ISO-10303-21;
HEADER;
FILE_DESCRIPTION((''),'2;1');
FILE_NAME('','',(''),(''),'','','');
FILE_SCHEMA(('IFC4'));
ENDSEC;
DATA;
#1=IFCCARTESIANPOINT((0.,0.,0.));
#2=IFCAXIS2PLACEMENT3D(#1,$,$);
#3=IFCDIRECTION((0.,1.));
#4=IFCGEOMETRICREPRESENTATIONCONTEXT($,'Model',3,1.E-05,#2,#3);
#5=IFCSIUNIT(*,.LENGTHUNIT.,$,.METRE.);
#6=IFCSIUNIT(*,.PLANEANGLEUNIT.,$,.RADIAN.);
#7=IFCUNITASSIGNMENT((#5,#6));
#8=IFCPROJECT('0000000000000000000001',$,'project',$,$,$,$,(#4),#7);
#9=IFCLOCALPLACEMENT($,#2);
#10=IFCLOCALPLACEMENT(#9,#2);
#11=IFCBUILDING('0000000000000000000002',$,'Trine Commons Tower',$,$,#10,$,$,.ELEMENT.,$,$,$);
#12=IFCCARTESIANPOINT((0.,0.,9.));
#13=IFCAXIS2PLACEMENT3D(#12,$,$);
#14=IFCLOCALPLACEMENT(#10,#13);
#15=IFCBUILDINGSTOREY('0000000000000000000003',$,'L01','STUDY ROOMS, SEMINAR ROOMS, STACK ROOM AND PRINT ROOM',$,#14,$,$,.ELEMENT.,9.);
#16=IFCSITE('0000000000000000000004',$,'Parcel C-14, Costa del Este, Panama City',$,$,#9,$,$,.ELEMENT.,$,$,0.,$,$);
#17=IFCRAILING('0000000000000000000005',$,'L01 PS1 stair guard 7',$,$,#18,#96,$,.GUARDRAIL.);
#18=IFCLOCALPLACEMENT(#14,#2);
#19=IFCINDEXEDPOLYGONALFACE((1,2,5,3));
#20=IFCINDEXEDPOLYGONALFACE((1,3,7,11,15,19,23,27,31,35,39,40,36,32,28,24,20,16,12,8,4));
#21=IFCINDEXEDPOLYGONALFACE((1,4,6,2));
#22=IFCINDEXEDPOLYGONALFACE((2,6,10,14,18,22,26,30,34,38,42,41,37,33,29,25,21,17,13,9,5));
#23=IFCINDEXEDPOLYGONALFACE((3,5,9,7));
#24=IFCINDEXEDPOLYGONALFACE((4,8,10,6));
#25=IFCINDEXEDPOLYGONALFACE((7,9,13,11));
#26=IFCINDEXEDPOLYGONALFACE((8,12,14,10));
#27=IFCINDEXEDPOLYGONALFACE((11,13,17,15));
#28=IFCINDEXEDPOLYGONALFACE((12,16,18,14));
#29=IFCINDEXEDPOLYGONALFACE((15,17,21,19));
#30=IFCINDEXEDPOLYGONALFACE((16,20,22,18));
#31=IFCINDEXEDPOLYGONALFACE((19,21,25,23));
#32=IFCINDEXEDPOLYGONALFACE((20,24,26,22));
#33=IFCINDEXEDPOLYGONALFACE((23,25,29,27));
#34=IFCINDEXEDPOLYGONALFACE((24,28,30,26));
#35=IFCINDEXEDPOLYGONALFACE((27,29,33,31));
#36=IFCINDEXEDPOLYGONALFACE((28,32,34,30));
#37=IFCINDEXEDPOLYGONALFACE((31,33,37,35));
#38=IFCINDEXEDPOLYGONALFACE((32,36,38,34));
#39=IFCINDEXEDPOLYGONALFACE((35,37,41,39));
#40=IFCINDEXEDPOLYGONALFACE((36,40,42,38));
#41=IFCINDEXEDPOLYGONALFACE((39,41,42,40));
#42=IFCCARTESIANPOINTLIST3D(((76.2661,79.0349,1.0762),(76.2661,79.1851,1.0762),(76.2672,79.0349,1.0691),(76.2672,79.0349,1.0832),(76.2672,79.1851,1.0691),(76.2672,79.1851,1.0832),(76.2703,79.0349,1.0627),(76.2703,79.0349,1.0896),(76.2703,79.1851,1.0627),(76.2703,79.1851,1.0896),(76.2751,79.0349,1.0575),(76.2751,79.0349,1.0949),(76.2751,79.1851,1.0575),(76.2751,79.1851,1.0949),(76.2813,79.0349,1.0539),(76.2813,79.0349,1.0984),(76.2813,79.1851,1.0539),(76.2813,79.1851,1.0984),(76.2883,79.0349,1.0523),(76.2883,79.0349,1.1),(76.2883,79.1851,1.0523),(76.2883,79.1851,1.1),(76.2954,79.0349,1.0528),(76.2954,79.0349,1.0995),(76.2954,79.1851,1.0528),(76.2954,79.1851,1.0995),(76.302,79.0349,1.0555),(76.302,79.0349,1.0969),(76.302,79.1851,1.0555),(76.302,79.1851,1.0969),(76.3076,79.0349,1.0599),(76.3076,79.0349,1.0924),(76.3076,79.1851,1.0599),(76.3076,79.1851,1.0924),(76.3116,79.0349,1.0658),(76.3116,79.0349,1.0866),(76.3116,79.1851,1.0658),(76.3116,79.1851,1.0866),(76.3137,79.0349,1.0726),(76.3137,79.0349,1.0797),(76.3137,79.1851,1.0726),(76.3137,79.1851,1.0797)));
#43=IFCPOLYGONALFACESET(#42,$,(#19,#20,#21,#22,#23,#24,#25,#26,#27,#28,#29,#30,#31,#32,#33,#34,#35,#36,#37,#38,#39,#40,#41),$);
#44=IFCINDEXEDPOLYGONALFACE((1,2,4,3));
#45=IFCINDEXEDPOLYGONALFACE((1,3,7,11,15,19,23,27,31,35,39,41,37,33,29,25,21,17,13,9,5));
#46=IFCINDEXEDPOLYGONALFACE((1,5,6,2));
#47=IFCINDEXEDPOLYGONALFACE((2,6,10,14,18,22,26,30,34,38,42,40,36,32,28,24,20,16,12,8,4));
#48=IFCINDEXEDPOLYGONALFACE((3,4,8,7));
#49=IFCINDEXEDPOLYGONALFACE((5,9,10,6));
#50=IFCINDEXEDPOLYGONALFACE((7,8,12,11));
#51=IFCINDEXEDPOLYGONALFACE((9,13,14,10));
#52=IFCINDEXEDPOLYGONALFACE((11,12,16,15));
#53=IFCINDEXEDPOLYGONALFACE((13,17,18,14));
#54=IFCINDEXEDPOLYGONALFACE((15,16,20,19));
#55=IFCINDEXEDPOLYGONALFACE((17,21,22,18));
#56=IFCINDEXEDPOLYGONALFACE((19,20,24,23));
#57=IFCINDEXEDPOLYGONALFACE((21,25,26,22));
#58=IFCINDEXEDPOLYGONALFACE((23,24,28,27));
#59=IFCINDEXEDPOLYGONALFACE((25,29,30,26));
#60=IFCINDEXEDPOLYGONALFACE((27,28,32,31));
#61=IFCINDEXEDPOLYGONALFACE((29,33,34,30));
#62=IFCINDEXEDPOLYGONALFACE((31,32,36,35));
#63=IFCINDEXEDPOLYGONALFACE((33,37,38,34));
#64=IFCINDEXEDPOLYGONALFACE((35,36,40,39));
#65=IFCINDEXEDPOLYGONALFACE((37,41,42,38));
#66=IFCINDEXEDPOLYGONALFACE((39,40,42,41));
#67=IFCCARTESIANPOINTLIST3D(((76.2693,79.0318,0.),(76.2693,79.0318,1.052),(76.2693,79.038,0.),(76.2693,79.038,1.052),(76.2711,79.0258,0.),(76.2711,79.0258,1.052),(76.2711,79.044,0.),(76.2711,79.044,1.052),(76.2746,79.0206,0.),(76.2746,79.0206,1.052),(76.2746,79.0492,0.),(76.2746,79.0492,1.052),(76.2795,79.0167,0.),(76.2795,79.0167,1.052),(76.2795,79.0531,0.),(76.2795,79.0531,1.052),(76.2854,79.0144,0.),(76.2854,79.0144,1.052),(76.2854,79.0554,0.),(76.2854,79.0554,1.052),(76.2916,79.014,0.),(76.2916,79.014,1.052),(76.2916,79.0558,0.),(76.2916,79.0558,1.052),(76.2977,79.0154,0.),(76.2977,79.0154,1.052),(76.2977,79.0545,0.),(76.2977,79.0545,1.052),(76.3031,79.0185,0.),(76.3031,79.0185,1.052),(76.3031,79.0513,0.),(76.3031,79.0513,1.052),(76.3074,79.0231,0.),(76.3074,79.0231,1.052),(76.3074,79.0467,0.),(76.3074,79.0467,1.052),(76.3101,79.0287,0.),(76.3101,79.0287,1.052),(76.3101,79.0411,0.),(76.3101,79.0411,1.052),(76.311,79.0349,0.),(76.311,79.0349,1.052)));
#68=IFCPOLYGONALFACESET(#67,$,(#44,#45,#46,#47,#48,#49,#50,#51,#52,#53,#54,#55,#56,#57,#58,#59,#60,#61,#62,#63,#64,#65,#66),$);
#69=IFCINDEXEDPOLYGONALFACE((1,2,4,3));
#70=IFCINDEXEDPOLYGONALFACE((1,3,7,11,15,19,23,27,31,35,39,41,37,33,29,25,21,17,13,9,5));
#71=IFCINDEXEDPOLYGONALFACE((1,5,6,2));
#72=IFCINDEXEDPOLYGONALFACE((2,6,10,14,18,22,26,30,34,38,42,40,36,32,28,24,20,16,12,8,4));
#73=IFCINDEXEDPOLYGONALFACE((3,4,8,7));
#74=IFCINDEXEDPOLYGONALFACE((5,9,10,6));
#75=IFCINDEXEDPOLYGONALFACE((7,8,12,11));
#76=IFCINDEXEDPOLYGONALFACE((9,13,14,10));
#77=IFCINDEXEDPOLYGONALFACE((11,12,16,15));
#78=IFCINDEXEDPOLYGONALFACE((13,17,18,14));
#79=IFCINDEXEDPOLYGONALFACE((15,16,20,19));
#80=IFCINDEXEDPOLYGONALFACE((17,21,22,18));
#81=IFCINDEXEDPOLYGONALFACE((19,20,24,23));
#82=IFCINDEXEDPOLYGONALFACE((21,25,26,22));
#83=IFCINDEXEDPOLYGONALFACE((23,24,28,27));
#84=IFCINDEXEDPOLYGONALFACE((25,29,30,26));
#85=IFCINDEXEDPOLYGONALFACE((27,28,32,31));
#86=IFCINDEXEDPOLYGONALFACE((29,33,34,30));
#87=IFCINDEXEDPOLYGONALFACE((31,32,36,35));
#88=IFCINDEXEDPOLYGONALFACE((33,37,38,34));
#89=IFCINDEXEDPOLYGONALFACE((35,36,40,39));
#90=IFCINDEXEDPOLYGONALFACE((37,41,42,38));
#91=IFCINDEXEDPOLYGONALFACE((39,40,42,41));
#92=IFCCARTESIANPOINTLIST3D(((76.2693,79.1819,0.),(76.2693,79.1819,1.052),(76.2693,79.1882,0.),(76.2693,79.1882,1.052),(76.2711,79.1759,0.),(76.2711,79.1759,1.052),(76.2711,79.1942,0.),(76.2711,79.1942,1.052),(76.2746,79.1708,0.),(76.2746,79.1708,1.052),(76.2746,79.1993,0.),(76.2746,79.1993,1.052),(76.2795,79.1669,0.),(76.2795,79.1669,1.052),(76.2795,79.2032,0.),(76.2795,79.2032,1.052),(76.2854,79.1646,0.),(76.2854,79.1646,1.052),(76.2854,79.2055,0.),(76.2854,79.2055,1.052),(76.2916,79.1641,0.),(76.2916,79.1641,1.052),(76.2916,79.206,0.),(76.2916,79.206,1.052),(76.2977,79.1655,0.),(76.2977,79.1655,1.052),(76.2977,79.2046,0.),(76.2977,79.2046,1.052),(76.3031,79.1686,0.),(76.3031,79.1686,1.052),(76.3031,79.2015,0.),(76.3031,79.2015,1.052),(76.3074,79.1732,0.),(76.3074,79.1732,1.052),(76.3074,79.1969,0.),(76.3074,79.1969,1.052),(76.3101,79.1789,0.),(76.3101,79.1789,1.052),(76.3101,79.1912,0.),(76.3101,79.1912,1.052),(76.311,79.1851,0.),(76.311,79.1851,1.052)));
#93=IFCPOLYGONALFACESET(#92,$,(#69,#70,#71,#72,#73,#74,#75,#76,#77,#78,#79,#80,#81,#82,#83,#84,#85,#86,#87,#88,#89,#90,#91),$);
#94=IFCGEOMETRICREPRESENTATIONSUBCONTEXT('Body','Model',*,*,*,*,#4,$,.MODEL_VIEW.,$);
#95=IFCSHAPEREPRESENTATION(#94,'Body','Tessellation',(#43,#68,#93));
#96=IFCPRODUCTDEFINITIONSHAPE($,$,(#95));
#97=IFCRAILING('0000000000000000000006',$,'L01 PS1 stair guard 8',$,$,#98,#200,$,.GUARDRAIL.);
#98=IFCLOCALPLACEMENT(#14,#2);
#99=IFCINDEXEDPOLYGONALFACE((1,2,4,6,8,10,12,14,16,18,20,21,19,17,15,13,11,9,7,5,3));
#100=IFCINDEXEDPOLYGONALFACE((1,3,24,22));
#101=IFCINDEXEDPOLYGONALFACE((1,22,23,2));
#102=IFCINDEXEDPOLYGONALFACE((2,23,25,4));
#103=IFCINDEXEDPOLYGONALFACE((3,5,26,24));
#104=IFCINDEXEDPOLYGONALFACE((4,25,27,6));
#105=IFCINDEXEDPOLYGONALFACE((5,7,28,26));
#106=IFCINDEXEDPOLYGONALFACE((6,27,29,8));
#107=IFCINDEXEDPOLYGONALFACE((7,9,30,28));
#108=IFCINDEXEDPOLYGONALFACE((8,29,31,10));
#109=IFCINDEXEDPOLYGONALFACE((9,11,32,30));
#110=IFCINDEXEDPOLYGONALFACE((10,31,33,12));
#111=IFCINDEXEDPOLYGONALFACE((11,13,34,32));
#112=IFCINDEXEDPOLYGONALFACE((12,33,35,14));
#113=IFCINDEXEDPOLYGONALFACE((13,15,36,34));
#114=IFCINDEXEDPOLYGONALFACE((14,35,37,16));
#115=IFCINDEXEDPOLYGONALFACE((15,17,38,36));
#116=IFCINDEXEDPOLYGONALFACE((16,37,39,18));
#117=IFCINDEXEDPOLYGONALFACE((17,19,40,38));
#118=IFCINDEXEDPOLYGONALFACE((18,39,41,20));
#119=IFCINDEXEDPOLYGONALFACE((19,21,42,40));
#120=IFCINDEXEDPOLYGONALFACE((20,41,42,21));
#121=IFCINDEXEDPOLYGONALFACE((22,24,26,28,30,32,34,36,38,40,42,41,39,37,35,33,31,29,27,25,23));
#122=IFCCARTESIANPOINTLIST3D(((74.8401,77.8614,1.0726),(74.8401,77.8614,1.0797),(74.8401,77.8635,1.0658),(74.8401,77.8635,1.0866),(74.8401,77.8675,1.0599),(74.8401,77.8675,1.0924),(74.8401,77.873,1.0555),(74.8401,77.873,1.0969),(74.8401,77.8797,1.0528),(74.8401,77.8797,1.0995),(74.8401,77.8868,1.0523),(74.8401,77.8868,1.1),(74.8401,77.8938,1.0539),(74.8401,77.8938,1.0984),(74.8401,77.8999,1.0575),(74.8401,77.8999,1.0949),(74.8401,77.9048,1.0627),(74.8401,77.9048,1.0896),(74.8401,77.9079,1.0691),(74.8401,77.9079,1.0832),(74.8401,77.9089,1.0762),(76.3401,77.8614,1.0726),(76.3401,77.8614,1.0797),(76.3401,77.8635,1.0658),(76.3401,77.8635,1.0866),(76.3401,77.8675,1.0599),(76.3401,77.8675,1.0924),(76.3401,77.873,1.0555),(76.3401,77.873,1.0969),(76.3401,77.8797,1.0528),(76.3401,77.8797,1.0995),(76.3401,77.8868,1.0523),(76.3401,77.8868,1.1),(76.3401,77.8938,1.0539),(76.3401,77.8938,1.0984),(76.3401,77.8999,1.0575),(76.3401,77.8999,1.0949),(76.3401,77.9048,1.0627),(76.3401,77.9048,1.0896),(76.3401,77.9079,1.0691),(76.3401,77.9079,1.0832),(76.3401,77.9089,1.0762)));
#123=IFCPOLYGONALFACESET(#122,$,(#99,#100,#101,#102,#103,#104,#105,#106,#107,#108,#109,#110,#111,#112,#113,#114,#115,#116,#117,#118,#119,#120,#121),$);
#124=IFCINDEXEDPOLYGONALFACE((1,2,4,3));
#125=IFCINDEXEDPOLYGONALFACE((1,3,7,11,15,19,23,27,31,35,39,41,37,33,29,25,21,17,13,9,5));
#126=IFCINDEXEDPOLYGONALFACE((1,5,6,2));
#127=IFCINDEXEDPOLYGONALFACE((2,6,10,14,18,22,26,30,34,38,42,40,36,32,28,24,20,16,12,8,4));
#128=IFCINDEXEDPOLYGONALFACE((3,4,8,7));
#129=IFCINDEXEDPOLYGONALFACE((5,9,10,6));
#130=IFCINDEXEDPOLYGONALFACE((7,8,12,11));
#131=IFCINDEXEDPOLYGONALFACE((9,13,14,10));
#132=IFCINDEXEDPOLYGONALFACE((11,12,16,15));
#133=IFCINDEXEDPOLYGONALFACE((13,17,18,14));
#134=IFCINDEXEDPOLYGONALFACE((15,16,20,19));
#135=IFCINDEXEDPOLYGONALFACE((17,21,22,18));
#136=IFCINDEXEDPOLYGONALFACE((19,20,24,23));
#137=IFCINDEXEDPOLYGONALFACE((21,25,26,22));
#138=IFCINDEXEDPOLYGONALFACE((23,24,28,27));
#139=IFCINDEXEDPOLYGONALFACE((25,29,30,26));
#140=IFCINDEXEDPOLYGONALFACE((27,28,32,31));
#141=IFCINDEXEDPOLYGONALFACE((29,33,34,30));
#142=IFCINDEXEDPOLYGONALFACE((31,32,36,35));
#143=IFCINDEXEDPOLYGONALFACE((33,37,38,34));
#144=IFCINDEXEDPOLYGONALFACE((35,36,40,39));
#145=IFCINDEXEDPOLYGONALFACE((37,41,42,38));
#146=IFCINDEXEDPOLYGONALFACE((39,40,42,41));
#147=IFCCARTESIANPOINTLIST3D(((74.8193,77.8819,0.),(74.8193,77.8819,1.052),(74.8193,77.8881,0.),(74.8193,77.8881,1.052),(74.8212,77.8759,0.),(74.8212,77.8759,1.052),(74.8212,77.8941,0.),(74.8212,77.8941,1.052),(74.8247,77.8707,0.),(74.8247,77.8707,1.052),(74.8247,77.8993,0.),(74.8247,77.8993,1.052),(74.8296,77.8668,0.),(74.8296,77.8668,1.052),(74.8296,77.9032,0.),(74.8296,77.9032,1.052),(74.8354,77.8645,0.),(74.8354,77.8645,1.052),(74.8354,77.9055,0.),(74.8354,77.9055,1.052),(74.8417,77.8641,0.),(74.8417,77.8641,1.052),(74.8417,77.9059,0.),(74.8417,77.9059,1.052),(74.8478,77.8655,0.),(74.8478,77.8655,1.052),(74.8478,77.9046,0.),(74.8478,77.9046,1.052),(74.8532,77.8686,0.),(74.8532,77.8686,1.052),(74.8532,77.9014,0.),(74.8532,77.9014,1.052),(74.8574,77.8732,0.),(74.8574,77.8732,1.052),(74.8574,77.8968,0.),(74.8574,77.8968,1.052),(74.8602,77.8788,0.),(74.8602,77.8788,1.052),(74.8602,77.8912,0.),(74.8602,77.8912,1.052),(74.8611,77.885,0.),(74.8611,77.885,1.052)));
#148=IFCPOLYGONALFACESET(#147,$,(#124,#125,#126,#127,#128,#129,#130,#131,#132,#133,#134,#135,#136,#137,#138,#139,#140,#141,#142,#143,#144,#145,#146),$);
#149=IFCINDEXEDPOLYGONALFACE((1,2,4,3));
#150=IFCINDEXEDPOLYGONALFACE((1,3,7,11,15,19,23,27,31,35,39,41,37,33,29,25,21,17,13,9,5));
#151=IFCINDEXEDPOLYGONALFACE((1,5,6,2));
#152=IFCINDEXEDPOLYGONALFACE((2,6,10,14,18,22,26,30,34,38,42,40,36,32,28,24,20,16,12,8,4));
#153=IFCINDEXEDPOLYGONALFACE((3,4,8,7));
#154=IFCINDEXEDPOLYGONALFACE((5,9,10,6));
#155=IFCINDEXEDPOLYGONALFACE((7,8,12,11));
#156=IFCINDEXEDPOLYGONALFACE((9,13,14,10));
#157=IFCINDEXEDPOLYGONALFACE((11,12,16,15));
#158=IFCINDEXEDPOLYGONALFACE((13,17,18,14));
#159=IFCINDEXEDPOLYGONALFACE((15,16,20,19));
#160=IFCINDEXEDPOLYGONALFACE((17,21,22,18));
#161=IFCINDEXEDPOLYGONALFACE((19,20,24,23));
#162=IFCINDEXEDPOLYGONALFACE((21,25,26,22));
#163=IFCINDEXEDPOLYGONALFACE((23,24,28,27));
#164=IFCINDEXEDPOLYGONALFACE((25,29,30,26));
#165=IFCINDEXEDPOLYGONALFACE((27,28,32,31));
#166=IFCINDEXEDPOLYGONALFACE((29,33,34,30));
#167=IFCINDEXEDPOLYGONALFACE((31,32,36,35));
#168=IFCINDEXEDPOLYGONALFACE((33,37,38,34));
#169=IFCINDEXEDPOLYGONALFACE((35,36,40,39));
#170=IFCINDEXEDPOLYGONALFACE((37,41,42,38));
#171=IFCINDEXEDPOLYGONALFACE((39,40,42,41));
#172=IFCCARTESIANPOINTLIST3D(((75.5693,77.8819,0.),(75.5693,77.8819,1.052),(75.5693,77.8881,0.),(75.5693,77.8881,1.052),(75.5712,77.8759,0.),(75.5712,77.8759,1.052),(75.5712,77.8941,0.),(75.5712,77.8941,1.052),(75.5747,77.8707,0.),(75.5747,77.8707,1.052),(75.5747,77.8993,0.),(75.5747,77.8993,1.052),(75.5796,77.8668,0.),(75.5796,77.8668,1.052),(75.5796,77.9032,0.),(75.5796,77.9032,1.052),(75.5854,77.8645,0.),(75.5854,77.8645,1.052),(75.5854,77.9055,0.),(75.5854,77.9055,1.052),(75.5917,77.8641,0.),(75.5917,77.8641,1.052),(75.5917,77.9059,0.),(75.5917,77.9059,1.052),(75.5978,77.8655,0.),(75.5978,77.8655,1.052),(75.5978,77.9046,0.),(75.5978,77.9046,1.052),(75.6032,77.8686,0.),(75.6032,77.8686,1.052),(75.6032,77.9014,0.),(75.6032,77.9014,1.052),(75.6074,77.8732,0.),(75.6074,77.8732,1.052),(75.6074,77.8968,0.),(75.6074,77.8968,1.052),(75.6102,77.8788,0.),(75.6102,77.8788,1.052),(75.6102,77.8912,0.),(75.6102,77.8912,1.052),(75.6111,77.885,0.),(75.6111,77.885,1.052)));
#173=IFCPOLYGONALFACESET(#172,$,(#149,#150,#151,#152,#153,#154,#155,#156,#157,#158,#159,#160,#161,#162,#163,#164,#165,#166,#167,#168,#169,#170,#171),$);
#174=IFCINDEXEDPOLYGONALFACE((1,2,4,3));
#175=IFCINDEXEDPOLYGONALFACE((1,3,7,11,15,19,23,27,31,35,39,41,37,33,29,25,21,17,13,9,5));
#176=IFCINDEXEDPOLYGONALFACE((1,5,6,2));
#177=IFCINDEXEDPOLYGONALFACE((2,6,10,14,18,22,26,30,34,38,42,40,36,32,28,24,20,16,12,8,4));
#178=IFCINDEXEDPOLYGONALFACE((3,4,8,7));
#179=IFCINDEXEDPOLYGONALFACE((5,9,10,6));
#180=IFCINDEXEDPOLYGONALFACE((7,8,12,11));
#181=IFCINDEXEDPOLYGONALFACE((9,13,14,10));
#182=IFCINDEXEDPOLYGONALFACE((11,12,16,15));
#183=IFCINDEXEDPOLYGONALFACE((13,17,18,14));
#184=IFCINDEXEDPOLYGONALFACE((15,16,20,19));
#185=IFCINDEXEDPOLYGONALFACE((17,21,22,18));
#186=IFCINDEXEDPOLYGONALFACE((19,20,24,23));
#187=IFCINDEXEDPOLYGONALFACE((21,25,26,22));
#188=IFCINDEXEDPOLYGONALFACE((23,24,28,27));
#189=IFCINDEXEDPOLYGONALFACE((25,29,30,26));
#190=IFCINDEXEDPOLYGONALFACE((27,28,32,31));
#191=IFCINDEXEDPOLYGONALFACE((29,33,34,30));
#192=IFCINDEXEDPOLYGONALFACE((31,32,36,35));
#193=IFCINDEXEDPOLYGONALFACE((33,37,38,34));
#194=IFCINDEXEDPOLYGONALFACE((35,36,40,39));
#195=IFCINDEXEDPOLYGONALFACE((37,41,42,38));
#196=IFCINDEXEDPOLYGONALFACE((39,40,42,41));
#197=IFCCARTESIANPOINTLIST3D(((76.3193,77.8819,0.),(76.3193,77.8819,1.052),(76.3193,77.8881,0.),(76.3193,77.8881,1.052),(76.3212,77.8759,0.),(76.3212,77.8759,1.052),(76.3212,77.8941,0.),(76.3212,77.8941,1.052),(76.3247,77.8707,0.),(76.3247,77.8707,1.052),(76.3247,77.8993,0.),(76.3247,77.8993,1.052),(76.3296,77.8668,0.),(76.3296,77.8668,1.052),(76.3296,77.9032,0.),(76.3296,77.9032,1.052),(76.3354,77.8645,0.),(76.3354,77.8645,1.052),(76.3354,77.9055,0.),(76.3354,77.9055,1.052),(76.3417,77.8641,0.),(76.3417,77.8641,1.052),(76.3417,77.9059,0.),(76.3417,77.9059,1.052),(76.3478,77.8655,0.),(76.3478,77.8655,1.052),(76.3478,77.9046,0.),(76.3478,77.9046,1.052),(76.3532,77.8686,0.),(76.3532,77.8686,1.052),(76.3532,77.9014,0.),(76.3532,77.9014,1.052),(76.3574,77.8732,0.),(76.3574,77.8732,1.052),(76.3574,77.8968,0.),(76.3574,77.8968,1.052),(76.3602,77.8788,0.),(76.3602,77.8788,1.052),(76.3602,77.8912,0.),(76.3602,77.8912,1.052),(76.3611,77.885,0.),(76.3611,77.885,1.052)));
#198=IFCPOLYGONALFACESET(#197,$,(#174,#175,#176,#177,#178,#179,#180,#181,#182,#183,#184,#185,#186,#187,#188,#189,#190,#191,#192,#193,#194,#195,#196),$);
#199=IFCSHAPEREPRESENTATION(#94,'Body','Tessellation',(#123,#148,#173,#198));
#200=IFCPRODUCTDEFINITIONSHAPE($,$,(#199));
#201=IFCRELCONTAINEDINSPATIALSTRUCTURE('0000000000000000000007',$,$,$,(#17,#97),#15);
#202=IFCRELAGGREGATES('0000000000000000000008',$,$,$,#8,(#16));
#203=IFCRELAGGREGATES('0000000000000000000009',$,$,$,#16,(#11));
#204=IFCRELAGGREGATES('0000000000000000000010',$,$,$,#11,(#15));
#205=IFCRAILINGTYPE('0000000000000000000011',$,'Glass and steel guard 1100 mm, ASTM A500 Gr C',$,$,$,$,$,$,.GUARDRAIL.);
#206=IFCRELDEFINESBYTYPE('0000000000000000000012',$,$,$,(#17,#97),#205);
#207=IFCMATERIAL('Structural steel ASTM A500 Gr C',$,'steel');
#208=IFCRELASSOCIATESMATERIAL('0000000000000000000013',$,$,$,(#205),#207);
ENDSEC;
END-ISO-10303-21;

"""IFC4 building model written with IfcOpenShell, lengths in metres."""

from ifc_helpers import new_model, si_unit, direction, frame, origin, origin_2d, place, context, subcontext, project, spatial, circle, extrude, material, type_object, element, save


model = new_model("IFC4")

# Units and contexts
model_context = context("Model", 3, precision=1e-05, world=origin(), true_north=direction((0.0, 1.0)))
body_context = subcontext(model_context, "Body", "Model", "MODEL_VIEW")
ifc_project = project(units=[si_unit("LENGTHUNIT", "METRE"), si_unit("PLANEANGLEUNIT", "RADIAN")], contexts=[model_context])

# Site, building, storey
site_placement = place(None, origin())
site = spatial("IfcSite", under=ifc_project, at=site_placement, Name="Parcel C-14, Costa del Este, Panama City", CompositionType="ELEMENT", RefElevation=0.0)
building_placement = place(site_placement, origin())
building = spatial("IfcBuilding", under=site, at=building_placement, Name="Trine Commons Tower", CompositionType="ELEMENT")
storey_placement = place(building_placement, frame((0.0, 0.0, 9.0)))
storey = spatial("IfcBuildingStorey", under=building, at=storey_placement, Name="L01", Description="STUDY ROOMS, SEMINAR ROOMS, STACK ROOM AND PRINT ROOM", CompositionType="ELEMENT", Elevation=9.0)

# Railings
ifc_material_1 = material(Name="Structural steel ASTM A500 Gr C", Category="steel")
railing_type_1 = type_object("IfcRailingType", Name="Glass and steel guard 1100 mm, ASTM A500 Gr C", PredefinedType="GUARDRAIL", material=ifc_material_1)
railing_1_placement = place(storey_placement, frame((76.29, 79.0349, 0.0)))
element("IfcRailing", 1, at=railing_1_placement, inside=storey, type_object=railing_type_1, Name="L01 PS1 stair guard 7", PredefinedType="GUARDRAIL", context=body_context, shape_type="SweptSolid", body=[
    extrude(circle(Radius=0.0239, at=origin_2d()), frame((0.0, 0.0, 1.0762), z_axis=(0.0, 1.0, 0.0), x_axis=(-1.0, 0.0, 0.0)), (0.0, 0.0, 1.0), 0.1501),
    extrude(circle(Radius=0.021, at=origin_2d()), origin(), (0.0, 0.0, 1.0), 1.052),
    extrude(circle(Radius=0.021, at=origin_2d()), frame((0.0, 0.1501, 0.0)), (0.0, 0.0, 1.0), 1.052),
])
for number, where, name in (
    (2, (74.8401, 77.885, 0.0), "L01 PS1 stair guard 8"),
):
    element("IfcRailing", number, at=place(storey_placement, frame(where)), inside=storey, type_object=railing_type_1, Name=name, PredefinedType="GUARDRAIL", context=body_context, shape_type="SweptSolid", body=[
        extrude(circle(Radius=0.0239, at=origin_2d()), frame((0.0, 0.0, 1.0762), z_axis=(1.0, 0.0, 0.0), x_axis=(0.0, 1.0, 0.0)), (0.0, 0.0, 1.0), 1.5),
        extrude(circle(Radius=0.021, at=origin_2d()), origin(), (0.0, 0.0, 1.0), 1.052),
        extrude(circle(Radius=0.021, at=origin_2d()), frame((0.75, 0.0, 0.0)), (0.0, 0.0, 1.0), 1.052),
        extrude(circle(Radius=0.021, at=origin_2d()), frame((1.5, 0.0, 0.0)), (0.0, 0.0, 1.0), 1.052),
    ])

save(model, "model.ifc")
